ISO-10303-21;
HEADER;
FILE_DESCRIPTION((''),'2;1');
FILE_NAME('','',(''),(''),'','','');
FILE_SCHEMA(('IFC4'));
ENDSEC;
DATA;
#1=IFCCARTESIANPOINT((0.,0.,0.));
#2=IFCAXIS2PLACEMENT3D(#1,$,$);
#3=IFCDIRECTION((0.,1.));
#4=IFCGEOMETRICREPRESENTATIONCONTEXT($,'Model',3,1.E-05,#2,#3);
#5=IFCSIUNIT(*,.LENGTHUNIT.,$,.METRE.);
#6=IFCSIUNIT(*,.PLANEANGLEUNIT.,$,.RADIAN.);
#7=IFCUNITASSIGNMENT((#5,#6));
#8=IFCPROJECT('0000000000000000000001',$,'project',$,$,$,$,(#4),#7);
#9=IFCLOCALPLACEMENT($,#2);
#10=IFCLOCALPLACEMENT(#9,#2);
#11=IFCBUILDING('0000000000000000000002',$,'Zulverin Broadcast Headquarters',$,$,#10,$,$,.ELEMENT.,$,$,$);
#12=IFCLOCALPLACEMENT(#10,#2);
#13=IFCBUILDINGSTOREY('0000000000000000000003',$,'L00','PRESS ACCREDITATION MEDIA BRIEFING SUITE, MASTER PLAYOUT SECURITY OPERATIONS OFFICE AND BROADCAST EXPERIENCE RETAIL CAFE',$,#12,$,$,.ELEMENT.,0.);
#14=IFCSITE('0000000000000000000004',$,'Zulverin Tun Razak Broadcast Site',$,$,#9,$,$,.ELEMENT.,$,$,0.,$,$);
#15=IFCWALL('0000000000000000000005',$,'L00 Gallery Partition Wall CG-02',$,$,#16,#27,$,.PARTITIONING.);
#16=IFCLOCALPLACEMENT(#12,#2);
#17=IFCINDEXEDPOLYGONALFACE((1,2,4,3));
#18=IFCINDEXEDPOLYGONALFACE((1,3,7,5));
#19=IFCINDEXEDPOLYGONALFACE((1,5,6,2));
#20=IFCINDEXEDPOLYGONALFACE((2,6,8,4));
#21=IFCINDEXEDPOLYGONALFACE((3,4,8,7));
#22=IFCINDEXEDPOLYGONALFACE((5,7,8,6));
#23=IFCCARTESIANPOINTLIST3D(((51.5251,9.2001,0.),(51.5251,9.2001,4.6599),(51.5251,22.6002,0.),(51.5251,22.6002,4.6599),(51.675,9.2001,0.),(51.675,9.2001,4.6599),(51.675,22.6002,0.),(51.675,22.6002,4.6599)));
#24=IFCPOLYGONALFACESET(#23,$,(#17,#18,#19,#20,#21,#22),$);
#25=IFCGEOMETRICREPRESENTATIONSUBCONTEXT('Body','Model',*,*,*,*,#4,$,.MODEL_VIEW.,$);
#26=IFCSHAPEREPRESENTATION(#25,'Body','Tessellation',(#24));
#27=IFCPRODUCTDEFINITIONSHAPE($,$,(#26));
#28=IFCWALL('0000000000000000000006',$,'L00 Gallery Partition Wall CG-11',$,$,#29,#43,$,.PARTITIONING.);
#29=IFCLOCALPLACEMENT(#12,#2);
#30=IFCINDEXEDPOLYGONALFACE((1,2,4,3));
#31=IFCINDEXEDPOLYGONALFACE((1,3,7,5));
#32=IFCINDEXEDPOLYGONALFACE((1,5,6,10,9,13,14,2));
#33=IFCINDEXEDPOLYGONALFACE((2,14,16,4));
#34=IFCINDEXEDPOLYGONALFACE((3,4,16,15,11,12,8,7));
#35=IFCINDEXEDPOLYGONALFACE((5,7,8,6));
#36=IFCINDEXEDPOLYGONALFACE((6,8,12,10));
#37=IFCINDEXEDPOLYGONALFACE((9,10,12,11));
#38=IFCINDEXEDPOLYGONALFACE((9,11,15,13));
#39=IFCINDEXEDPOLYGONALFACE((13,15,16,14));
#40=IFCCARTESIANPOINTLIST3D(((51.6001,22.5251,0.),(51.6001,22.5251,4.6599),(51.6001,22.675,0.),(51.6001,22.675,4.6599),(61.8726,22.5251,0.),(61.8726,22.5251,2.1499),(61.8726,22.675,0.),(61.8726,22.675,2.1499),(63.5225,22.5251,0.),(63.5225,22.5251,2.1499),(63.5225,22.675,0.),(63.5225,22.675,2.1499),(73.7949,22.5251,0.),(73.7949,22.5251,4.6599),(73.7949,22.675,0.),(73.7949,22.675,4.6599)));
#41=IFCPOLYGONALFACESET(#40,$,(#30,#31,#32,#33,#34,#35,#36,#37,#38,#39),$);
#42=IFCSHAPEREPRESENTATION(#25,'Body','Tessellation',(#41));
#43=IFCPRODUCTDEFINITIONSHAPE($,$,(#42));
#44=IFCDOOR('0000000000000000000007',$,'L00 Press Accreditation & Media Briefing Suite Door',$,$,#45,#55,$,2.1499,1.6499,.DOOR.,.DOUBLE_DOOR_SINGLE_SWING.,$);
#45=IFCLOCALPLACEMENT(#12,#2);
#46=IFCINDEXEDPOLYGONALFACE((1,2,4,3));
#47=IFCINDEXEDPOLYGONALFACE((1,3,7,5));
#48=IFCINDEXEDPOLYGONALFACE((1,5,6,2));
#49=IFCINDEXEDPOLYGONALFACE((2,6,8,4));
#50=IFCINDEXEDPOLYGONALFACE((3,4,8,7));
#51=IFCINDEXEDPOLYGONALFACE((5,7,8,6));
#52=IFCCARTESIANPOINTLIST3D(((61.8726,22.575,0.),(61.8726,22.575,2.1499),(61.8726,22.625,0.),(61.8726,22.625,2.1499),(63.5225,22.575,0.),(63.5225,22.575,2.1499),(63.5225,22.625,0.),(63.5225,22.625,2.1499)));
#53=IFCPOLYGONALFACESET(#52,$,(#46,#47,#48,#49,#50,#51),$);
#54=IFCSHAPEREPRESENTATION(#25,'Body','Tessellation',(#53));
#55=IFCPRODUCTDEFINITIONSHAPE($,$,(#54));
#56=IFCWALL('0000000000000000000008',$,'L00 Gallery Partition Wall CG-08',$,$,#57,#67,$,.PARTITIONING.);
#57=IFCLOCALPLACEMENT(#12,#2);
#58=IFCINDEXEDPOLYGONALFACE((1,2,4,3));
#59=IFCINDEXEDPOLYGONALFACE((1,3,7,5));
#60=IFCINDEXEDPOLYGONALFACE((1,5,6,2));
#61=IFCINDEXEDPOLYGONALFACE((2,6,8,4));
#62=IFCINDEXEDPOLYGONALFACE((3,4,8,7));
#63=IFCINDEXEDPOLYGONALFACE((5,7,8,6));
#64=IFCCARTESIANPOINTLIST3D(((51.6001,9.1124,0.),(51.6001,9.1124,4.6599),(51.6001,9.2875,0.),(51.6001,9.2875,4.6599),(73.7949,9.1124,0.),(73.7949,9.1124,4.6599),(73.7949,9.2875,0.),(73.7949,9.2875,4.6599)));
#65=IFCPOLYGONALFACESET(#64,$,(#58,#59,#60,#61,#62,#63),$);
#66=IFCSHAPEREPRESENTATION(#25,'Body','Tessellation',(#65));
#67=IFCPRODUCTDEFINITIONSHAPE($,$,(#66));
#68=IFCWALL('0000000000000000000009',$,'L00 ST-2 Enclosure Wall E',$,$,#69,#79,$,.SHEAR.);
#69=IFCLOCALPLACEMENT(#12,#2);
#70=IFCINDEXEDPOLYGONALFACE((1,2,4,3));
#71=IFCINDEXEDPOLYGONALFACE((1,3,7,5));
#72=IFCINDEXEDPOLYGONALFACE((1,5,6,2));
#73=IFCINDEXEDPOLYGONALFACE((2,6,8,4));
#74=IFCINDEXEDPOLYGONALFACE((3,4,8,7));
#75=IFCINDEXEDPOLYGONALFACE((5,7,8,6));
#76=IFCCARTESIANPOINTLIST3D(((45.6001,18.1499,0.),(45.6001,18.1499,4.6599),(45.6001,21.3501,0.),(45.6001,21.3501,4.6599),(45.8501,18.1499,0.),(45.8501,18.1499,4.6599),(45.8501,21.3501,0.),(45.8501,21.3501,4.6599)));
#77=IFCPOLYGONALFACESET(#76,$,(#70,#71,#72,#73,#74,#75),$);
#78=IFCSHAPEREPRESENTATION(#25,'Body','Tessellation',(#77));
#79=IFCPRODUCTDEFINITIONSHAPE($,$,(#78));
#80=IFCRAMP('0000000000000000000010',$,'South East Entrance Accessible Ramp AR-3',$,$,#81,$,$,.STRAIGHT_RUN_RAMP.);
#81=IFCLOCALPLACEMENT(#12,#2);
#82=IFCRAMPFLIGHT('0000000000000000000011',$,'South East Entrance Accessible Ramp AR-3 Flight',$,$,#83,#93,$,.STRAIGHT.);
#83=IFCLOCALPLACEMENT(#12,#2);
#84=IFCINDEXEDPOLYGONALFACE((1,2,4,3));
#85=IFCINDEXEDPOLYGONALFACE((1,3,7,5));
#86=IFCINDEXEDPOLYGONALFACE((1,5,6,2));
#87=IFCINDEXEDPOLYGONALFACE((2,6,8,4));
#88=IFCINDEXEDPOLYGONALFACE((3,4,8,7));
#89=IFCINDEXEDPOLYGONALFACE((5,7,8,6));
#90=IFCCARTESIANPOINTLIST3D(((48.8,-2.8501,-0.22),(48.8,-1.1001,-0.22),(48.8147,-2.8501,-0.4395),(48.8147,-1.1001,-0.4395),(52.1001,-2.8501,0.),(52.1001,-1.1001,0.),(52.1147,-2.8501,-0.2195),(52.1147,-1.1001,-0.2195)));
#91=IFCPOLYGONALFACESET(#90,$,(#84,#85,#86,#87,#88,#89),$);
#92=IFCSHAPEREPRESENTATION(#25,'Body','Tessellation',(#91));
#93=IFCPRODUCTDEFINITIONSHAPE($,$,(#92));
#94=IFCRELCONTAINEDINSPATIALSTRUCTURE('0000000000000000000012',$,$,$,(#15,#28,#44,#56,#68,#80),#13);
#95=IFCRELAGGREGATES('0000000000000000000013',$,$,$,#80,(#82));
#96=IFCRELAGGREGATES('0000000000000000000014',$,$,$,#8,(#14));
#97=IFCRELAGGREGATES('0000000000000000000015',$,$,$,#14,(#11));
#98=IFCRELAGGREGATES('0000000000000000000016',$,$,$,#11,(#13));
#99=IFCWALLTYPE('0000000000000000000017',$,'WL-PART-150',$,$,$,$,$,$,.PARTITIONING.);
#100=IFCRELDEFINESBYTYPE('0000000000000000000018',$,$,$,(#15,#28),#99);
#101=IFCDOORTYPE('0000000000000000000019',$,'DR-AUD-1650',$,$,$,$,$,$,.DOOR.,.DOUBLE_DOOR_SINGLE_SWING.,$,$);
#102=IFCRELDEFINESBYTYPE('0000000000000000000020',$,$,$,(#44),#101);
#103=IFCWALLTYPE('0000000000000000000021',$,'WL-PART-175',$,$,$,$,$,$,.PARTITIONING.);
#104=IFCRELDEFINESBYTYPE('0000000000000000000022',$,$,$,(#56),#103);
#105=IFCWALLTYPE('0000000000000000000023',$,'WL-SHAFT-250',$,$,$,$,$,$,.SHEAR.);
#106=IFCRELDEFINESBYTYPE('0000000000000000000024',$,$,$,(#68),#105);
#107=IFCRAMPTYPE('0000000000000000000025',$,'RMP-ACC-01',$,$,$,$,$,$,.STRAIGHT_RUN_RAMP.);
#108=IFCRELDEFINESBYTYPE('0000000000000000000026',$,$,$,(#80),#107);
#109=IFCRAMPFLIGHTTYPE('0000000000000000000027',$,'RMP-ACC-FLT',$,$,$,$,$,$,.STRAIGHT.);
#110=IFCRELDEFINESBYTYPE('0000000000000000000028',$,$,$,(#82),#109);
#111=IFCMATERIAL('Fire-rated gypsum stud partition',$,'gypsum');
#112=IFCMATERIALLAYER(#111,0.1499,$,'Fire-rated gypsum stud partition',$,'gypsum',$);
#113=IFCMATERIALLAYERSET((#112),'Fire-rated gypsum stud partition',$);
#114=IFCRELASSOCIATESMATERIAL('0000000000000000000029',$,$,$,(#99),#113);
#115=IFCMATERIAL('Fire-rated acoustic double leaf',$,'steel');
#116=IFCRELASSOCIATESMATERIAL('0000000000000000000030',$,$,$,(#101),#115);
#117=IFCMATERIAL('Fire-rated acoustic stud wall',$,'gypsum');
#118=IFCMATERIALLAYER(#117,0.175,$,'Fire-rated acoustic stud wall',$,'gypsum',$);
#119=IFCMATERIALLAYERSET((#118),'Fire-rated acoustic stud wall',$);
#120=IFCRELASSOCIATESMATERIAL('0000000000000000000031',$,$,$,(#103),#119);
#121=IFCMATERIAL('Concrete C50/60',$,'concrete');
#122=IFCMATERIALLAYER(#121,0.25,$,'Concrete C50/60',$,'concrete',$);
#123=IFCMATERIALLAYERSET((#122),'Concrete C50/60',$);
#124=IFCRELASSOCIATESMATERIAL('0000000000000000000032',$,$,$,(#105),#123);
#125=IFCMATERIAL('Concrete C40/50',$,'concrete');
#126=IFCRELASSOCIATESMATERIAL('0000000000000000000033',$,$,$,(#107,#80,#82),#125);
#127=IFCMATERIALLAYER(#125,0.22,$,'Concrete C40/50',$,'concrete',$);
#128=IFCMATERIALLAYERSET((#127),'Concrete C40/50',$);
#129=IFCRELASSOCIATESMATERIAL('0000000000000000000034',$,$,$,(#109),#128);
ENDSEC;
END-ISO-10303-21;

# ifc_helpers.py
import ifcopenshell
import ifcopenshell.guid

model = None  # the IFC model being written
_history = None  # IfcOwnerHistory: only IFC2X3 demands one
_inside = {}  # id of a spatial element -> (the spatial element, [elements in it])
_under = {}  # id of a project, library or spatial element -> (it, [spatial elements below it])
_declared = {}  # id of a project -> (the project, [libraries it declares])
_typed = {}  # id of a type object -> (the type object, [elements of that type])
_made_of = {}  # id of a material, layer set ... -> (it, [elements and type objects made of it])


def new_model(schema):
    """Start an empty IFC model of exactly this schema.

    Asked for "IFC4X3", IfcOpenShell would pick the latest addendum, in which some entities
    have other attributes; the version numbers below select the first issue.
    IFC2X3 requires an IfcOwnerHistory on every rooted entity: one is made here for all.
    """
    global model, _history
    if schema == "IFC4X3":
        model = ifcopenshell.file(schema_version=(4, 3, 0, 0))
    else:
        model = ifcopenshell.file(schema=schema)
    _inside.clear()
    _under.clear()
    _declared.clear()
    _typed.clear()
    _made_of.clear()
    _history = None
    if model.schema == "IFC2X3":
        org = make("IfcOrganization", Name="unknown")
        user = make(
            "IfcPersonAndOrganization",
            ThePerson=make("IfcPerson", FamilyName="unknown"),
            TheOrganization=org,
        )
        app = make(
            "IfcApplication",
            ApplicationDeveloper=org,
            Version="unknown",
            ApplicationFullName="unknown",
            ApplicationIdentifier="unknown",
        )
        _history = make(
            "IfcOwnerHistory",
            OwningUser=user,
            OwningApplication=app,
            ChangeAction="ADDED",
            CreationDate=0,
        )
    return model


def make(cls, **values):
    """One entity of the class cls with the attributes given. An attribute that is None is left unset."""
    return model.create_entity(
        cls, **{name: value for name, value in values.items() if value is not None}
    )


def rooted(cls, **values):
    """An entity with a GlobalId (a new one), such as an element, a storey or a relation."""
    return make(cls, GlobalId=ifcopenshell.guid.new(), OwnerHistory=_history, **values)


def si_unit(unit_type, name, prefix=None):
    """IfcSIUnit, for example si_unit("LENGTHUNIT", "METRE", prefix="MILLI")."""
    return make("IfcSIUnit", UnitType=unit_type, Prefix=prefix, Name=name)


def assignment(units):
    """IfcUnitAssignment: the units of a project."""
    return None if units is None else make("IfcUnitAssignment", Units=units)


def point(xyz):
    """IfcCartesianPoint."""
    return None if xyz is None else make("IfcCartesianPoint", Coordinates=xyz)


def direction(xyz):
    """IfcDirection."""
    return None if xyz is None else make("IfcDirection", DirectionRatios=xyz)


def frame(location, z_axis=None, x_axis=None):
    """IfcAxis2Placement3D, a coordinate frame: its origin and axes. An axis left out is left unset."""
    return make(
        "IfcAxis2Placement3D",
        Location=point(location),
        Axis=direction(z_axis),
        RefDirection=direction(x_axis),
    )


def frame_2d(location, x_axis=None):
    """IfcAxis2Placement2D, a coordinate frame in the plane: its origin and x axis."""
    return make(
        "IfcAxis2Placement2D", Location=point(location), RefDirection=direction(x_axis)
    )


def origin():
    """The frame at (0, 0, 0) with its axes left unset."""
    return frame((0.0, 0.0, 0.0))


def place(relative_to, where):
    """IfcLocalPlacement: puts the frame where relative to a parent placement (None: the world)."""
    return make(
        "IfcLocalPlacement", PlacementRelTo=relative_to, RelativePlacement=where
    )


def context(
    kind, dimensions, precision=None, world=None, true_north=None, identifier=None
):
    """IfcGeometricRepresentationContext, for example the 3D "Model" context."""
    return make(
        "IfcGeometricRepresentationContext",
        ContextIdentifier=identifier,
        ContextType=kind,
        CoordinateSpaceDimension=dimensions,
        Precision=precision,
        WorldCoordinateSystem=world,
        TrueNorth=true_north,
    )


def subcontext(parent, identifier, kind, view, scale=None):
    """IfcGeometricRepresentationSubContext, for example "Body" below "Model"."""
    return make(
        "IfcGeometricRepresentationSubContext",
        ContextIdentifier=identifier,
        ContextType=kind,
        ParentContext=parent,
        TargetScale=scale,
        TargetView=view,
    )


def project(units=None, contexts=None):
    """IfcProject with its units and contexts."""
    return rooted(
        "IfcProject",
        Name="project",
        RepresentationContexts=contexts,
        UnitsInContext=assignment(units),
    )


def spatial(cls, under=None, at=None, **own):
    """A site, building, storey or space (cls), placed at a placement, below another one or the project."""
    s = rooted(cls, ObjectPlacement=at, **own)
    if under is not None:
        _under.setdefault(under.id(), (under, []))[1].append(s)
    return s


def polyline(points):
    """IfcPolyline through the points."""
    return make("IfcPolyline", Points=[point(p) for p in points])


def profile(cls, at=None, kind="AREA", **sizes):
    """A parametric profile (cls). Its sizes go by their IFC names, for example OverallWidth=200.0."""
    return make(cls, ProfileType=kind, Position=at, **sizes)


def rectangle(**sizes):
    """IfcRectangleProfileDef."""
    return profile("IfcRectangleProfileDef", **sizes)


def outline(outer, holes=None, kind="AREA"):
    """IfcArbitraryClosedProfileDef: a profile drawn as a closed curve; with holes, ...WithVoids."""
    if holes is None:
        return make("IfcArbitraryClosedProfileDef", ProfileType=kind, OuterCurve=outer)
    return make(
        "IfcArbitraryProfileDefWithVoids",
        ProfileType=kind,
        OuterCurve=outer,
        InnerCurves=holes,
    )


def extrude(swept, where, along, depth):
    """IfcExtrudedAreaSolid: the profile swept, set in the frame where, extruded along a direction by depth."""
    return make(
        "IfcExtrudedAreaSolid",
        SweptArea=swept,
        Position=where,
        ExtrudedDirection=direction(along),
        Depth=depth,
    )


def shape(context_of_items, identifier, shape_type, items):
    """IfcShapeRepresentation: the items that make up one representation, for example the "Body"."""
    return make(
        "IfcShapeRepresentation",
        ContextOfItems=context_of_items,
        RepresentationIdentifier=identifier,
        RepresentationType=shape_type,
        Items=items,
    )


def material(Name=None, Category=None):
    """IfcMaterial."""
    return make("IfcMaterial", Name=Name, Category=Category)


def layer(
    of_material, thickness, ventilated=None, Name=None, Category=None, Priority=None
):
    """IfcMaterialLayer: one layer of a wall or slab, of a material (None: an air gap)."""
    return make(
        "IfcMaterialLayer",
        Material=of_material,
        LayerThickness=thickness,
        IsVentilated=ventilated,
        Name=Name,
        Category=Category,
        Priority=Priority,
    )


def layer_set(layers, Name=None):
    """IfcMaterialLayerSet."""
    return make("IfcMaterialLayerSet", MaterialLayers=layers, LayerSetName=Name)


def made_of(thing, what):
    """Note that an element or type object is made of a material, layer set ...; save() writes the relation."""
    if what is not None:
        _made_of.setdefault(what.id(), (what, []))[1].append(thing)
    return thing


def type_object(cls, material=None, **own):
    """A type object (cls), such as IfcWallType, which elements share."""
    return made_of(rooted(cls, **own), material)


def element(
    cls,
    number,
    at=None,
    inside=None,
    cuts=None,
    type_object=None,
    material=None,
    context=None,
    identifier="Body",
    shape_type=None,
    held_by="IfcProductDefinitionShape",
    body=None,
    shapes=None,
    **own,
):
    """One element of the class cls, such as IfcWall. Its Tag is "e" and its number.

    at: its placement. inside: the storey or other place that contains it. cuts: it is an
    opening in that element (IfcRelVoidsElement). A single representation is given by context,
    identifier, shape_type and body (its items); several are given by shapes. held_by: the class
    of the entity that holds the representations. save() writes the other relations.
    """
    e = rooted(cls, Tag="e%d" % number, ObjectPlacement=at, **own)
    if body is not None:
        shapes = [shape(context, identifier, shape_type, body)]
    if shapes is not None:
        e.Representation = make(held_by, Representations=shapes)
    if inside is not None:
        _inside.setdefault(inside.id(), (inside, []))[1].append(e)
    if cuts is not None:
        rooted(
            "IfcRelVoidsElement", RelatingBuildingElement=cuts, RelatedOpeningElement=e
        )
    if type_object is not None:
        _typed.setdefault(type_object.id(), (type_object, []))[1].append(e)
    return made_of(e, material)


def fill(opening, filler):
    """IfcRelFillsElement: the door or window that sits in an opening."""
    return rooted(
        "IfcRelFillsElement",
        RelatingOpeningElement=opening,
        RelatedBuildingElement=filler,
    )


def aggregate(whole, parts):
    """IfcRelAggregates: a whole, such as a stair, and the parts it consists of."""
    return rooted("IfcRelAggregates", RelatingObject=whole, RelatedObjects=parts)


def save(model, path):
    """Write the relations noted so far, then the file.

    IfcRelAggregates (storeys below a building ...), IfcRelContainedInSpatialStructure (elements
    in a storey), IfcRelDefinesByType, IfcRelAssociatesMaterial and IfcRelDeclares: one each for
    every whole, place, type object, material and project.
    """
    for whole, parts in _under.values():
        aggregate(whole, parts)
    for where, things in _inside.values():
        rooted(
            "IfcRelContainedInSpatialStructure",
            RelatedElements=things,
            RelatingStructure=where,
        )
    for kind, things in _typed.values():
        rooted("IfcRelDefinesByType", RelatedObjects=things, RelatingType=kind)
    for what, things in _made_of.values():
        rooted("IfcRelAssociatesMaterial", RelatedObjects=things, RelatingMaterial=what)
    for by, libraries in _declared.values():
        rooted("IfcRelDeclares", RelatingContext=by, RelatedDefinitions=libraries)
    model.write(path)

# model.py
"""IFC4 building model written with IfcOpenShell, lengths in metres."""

from ifc_helpers import new_model, si_unit, direction, frame, frame_2d, origin, place, context, subcontext, project, spatial, polyline, rectangle, outline, extrude, material, layer, layer_set, type_object, element, fill, aggregate, save


model = new_model("IFC4")

# Units and contexts
model_context = context("Model", 3, precision=1e-05, world=origin(), true_north=direction((0.0, 1.0)))
body_context = subcontext(model_context, "Body", "Model", "MODEL_VIEW")
ifc_project = project(units=[si_unit("LENGTHUNIT", "METRE"), si_unit("PLANEANGLEUNIT", "RADIAN")], contexts=[model_context])

# Site, building, storey
site_placement = place(None, origin())
site = spatial("IfcSite", under=ifc_project, at=site_placement, Name="Zulverin Tun Razak Broadcast Site", CompositionType="ELEMENT", RefElevation=0.0)
building_placement = place(site_placement, origin())
building = spatial("IfcBuilding", under=site, at=building_placement, Name="Zulverin Broadcast Headquarters", CompositionType="ELEMENT")
storey_placement = place(building_placement, origin())
storey = spatial("IfcBuildingStorey", under=building, at=storey_placement, Name="L00", Description="PRESS ACCREDITATION MEDIA BRIEFING SUITE, MASTER PLAYOUT SECURITY OPERATIONS OFFICE AND BROADCAST EXPERIENCE RETAIL CAFE", CompositionType="ELEMENT", Elevation=0.0)

# Shared definitions
ifc_material_1 = material(Name="Concrete C50/60", Category="concrete")

# Wall
ifc_material_2 = material(Name="Concrete C40/50", Category="concrete")
ifc_material_3 = material(Name="Fire-rated gypsum stud partition", Category="gypsum")
ifc_layer_1 = layer(ifc_material_3, 0.1499, Name="Fire-rated gypsum stud partition", Category="gypsum")
ifc_layer_set_1 = layer_set([ifc_layer_1], Name="Fire-rated gypsum stud partition")
wall_type_1 = type_object("IfcWallType", Name="WL-PART-150", PredefinedType="PARTITIONING", material=ifc_layer_set_1)
wall_1_placement = place(storey_placement, frame((51.6001, 9.2, 0.0), z_axis=(0.0, 0.0, 1.0), x_axis=(0.0, 1.0, 0.0)))
element("IfcWall", 1, at=wall_1_placement, inside=storey, type_object=wall_type_1, Name="L00 Gallery Partition Wall CG-02", PredefinedType="PARTITIONING", context=body_context, shape_type="SweptSolid", body=[
    extrude(rectangle(XDim=13.4001, YDim=0.1499, at=frame_2d((6.7002, 0.0))), origin(), (0.0, 0.0, 1.0), 4.6599),
])

# Wall, opening, door
wall_2_placement = place(storey_placement, frame((51.6001, 22.6001, 0.0), z_axis=(0.0, 0.0, 1.0), x_axis=(1.0, 0.0, 0.0)))
wall_2 = element("IfcWall", 2, at=wall_2_placement, inside=storey, type_object=wall_type_1, Name="L00 Gallery Partition Wall CG-11", PredefinedType="PARTITIONING", context=body_context, shape_type="SweptSolid", body=[
    extrude(rectangle(XDim=22.1948, YDim=0.1499, at=frame_2d((11.0974, 0.0))), origin(), (0.0, 0.0, 1.0), 4.6599),
])
opening_1_placement = place(wall_2_placement, frame((10.2725, 0.0, 0.0)))
opening_1 = element("IfcOpeningElement", 3, at=opening_1_placement, cuts=wall_2, PredefinedType="OPENING", context=body_context, shape_type="SweptSolid", body=[
    extrude(rectangle(XDim=1.6499, YDim=2.1499, at=frame_2d((0.825, 1.075))), frame((0.0, 0.085, 0.0), z_axis=(0.0, -1.0, 0.0), x_axis=(1.0, 0.0, 0.0)), (0.0, 0.0, 1.0), 0.1699),
])
ifc_material_4 = material(Name="Fire-rated acoustic double leaf", Category="steel")
door_type_1 = type_object("IfcDoorType", Name="DR-AUD-1650", OperationType="DOUBLE_DOOR_SINGLE_SWING", PredefinedType="DOOR", material=ifc_material_4)
door_1_placement = place(opening_1_placement, origin())
door_1 = element("IfcDoor", 4, at=door_1_placement, inside=storey, type_object=door_type_1, Name="L00 Press Accreditation & Media Briefing Suite Door", OperationType="DOUBLE_DOOR_SINGLE_SWING", OverallHeight=2.1499, OverallWidth=1.6499, PredefinedType="DOOR", context=body_context, shape_type="SweptSolid", body=[
    extrude(rectangle(XDim=1.6499, YDim=2.1499, at=frame_2d((0.825, 1.075))), frame((0.0, 0.0249, 0.0), z_axis=(0.0, -1.0, 0.0), x_axis=(1.0, 0.0, 0.0)), (0.0, 0.0, 1.0), 0.05),
])
fill(opening_1, door_1)

# Walls
ifc_material_5 = material(Name="Fire-rated acoustic stud wall", Category="gypsum")
ifc_layer_2 = layer(ifc_material_5, 0.175, Name="Fire-rated acoustic stud wall", Category="gypsum")
ifc_layer_set_2 = layer_set([ifc_layer_2], Name="Fire-rated acoustic stud wall")
wall_type_2 = type_object("IfcWallType", Name="WL-PART-175", PredefinedType="PARTITIONING", material=ifc_layer_set_2)
wall_3_placement = place(storey_placement, frame((51.6001, 9.2, 0.0), z_axis=(0.0, 0.0, 1.0), x_axis=(1.0, 0.0, 0.0)))
element("IfcWall", 5, at=wall_3_placement, inside=storey, type_object=wall_type_2, Name="L00 Gallery Partition Wall CG-08", PredefinedType="PARTITIONING", context=body_context, shape_type="SweptSolid", body=[
    extrude(rectangle(XDim=22.1948, YDim=0.175, at=frame_2d((11.0974, 0.0))), origin(), (0.0, 0.0, 1.0), 4.6599),
])
ifc_layer_3 = layer(ifc_material_1, 0.25, Name="Concrete C50/60", Category="concrete")
ifc_layer_set_3 = layer_set([ifc_layer_3], Name="Concrete C50/60")
wall_type_3 = type_object("IfcWallType", Name="WL-SHAFT-250", PredefinedType="SHEAR", material=ifc_layer_set_3)
wall_4_placement = place(storey_placement, frame((45.7251, 18.1499, 0.0), z_axis=(0.0, 0.0, 1.0), x_axis=(0.0, 1.0, 0.0)))
element("IfcWall", 6, at=wall_4_placement, inside=storey, type_object=wall_type_3, Name="L00 ST-2 Enclosure Wall E", PredefinedType="SHEAR", context=body_context, shape_type="SweptSolid", body=[
    extrude(rectangle(XDim=3.2002, YDim=0.25, at=frame_2d((1.6001, 0.0))), origin(), (0.0, 0.0, 1.0), 4.6599),
])

# Ramp, ramp flight
ramp_type = type_object("IfcRampType", Name="RMP-ACC-01", PredefinedType="STRAIGHT_RUN_RAMP", material=ifc_material_2)
ramp_placement = place(storey_placement, origin())
ramp = element("IfcRamp", 7, at=ramp_placement, inside=storey, type_object=ramp_type, material=ifc_material_2, Name="South East Entrance Accessible Ramp AR-3", PredefinedType="STRAIGHT_RUN_RAMP")
ifc_layer_4 = layer(ifc_material_2, 0.22, Name="Concrete C40/50", Category="concrete")
ifc_layer_set_4 = layer_set([ifc_layer_4], Name="Concrete C40/50")
ramp_flight_type = type_object("IfcRampFlightType", Name="RMP-ACC-FLT", PredefinedType="STRAIGHT", material=ifc_layer_set_4)
ramp_flight_placement = place(storey_placement, frame((48.8, -2.8501, -0.22), z_axis=(-0.066509, 0.0, 0.997786), x_axis=(0.997786, 0.0, 0.066509)))
ramp_flight = element("IfcRampFlight", 8, at=ramp_flight_placement, type_object=ramp_flight_type, material=ifc_material_2, Name="South East Entrance Accessible Ramp AR-3 Flight", PredefinedType="STRAIGHT", context=body_context, shape_type="SweptSolid", body=[
    extrude(outline(polyline([(0.0, 0.0), (3.3074, 0.0), (3.3074, 1.75), (0.0, 1.75), (0.0, 0.0)])), origin(), (0.0, 0.0, -1.0), 0.22),
])
aggregate(ramp, [ramp_flight])

save(model, "model.ifc")
